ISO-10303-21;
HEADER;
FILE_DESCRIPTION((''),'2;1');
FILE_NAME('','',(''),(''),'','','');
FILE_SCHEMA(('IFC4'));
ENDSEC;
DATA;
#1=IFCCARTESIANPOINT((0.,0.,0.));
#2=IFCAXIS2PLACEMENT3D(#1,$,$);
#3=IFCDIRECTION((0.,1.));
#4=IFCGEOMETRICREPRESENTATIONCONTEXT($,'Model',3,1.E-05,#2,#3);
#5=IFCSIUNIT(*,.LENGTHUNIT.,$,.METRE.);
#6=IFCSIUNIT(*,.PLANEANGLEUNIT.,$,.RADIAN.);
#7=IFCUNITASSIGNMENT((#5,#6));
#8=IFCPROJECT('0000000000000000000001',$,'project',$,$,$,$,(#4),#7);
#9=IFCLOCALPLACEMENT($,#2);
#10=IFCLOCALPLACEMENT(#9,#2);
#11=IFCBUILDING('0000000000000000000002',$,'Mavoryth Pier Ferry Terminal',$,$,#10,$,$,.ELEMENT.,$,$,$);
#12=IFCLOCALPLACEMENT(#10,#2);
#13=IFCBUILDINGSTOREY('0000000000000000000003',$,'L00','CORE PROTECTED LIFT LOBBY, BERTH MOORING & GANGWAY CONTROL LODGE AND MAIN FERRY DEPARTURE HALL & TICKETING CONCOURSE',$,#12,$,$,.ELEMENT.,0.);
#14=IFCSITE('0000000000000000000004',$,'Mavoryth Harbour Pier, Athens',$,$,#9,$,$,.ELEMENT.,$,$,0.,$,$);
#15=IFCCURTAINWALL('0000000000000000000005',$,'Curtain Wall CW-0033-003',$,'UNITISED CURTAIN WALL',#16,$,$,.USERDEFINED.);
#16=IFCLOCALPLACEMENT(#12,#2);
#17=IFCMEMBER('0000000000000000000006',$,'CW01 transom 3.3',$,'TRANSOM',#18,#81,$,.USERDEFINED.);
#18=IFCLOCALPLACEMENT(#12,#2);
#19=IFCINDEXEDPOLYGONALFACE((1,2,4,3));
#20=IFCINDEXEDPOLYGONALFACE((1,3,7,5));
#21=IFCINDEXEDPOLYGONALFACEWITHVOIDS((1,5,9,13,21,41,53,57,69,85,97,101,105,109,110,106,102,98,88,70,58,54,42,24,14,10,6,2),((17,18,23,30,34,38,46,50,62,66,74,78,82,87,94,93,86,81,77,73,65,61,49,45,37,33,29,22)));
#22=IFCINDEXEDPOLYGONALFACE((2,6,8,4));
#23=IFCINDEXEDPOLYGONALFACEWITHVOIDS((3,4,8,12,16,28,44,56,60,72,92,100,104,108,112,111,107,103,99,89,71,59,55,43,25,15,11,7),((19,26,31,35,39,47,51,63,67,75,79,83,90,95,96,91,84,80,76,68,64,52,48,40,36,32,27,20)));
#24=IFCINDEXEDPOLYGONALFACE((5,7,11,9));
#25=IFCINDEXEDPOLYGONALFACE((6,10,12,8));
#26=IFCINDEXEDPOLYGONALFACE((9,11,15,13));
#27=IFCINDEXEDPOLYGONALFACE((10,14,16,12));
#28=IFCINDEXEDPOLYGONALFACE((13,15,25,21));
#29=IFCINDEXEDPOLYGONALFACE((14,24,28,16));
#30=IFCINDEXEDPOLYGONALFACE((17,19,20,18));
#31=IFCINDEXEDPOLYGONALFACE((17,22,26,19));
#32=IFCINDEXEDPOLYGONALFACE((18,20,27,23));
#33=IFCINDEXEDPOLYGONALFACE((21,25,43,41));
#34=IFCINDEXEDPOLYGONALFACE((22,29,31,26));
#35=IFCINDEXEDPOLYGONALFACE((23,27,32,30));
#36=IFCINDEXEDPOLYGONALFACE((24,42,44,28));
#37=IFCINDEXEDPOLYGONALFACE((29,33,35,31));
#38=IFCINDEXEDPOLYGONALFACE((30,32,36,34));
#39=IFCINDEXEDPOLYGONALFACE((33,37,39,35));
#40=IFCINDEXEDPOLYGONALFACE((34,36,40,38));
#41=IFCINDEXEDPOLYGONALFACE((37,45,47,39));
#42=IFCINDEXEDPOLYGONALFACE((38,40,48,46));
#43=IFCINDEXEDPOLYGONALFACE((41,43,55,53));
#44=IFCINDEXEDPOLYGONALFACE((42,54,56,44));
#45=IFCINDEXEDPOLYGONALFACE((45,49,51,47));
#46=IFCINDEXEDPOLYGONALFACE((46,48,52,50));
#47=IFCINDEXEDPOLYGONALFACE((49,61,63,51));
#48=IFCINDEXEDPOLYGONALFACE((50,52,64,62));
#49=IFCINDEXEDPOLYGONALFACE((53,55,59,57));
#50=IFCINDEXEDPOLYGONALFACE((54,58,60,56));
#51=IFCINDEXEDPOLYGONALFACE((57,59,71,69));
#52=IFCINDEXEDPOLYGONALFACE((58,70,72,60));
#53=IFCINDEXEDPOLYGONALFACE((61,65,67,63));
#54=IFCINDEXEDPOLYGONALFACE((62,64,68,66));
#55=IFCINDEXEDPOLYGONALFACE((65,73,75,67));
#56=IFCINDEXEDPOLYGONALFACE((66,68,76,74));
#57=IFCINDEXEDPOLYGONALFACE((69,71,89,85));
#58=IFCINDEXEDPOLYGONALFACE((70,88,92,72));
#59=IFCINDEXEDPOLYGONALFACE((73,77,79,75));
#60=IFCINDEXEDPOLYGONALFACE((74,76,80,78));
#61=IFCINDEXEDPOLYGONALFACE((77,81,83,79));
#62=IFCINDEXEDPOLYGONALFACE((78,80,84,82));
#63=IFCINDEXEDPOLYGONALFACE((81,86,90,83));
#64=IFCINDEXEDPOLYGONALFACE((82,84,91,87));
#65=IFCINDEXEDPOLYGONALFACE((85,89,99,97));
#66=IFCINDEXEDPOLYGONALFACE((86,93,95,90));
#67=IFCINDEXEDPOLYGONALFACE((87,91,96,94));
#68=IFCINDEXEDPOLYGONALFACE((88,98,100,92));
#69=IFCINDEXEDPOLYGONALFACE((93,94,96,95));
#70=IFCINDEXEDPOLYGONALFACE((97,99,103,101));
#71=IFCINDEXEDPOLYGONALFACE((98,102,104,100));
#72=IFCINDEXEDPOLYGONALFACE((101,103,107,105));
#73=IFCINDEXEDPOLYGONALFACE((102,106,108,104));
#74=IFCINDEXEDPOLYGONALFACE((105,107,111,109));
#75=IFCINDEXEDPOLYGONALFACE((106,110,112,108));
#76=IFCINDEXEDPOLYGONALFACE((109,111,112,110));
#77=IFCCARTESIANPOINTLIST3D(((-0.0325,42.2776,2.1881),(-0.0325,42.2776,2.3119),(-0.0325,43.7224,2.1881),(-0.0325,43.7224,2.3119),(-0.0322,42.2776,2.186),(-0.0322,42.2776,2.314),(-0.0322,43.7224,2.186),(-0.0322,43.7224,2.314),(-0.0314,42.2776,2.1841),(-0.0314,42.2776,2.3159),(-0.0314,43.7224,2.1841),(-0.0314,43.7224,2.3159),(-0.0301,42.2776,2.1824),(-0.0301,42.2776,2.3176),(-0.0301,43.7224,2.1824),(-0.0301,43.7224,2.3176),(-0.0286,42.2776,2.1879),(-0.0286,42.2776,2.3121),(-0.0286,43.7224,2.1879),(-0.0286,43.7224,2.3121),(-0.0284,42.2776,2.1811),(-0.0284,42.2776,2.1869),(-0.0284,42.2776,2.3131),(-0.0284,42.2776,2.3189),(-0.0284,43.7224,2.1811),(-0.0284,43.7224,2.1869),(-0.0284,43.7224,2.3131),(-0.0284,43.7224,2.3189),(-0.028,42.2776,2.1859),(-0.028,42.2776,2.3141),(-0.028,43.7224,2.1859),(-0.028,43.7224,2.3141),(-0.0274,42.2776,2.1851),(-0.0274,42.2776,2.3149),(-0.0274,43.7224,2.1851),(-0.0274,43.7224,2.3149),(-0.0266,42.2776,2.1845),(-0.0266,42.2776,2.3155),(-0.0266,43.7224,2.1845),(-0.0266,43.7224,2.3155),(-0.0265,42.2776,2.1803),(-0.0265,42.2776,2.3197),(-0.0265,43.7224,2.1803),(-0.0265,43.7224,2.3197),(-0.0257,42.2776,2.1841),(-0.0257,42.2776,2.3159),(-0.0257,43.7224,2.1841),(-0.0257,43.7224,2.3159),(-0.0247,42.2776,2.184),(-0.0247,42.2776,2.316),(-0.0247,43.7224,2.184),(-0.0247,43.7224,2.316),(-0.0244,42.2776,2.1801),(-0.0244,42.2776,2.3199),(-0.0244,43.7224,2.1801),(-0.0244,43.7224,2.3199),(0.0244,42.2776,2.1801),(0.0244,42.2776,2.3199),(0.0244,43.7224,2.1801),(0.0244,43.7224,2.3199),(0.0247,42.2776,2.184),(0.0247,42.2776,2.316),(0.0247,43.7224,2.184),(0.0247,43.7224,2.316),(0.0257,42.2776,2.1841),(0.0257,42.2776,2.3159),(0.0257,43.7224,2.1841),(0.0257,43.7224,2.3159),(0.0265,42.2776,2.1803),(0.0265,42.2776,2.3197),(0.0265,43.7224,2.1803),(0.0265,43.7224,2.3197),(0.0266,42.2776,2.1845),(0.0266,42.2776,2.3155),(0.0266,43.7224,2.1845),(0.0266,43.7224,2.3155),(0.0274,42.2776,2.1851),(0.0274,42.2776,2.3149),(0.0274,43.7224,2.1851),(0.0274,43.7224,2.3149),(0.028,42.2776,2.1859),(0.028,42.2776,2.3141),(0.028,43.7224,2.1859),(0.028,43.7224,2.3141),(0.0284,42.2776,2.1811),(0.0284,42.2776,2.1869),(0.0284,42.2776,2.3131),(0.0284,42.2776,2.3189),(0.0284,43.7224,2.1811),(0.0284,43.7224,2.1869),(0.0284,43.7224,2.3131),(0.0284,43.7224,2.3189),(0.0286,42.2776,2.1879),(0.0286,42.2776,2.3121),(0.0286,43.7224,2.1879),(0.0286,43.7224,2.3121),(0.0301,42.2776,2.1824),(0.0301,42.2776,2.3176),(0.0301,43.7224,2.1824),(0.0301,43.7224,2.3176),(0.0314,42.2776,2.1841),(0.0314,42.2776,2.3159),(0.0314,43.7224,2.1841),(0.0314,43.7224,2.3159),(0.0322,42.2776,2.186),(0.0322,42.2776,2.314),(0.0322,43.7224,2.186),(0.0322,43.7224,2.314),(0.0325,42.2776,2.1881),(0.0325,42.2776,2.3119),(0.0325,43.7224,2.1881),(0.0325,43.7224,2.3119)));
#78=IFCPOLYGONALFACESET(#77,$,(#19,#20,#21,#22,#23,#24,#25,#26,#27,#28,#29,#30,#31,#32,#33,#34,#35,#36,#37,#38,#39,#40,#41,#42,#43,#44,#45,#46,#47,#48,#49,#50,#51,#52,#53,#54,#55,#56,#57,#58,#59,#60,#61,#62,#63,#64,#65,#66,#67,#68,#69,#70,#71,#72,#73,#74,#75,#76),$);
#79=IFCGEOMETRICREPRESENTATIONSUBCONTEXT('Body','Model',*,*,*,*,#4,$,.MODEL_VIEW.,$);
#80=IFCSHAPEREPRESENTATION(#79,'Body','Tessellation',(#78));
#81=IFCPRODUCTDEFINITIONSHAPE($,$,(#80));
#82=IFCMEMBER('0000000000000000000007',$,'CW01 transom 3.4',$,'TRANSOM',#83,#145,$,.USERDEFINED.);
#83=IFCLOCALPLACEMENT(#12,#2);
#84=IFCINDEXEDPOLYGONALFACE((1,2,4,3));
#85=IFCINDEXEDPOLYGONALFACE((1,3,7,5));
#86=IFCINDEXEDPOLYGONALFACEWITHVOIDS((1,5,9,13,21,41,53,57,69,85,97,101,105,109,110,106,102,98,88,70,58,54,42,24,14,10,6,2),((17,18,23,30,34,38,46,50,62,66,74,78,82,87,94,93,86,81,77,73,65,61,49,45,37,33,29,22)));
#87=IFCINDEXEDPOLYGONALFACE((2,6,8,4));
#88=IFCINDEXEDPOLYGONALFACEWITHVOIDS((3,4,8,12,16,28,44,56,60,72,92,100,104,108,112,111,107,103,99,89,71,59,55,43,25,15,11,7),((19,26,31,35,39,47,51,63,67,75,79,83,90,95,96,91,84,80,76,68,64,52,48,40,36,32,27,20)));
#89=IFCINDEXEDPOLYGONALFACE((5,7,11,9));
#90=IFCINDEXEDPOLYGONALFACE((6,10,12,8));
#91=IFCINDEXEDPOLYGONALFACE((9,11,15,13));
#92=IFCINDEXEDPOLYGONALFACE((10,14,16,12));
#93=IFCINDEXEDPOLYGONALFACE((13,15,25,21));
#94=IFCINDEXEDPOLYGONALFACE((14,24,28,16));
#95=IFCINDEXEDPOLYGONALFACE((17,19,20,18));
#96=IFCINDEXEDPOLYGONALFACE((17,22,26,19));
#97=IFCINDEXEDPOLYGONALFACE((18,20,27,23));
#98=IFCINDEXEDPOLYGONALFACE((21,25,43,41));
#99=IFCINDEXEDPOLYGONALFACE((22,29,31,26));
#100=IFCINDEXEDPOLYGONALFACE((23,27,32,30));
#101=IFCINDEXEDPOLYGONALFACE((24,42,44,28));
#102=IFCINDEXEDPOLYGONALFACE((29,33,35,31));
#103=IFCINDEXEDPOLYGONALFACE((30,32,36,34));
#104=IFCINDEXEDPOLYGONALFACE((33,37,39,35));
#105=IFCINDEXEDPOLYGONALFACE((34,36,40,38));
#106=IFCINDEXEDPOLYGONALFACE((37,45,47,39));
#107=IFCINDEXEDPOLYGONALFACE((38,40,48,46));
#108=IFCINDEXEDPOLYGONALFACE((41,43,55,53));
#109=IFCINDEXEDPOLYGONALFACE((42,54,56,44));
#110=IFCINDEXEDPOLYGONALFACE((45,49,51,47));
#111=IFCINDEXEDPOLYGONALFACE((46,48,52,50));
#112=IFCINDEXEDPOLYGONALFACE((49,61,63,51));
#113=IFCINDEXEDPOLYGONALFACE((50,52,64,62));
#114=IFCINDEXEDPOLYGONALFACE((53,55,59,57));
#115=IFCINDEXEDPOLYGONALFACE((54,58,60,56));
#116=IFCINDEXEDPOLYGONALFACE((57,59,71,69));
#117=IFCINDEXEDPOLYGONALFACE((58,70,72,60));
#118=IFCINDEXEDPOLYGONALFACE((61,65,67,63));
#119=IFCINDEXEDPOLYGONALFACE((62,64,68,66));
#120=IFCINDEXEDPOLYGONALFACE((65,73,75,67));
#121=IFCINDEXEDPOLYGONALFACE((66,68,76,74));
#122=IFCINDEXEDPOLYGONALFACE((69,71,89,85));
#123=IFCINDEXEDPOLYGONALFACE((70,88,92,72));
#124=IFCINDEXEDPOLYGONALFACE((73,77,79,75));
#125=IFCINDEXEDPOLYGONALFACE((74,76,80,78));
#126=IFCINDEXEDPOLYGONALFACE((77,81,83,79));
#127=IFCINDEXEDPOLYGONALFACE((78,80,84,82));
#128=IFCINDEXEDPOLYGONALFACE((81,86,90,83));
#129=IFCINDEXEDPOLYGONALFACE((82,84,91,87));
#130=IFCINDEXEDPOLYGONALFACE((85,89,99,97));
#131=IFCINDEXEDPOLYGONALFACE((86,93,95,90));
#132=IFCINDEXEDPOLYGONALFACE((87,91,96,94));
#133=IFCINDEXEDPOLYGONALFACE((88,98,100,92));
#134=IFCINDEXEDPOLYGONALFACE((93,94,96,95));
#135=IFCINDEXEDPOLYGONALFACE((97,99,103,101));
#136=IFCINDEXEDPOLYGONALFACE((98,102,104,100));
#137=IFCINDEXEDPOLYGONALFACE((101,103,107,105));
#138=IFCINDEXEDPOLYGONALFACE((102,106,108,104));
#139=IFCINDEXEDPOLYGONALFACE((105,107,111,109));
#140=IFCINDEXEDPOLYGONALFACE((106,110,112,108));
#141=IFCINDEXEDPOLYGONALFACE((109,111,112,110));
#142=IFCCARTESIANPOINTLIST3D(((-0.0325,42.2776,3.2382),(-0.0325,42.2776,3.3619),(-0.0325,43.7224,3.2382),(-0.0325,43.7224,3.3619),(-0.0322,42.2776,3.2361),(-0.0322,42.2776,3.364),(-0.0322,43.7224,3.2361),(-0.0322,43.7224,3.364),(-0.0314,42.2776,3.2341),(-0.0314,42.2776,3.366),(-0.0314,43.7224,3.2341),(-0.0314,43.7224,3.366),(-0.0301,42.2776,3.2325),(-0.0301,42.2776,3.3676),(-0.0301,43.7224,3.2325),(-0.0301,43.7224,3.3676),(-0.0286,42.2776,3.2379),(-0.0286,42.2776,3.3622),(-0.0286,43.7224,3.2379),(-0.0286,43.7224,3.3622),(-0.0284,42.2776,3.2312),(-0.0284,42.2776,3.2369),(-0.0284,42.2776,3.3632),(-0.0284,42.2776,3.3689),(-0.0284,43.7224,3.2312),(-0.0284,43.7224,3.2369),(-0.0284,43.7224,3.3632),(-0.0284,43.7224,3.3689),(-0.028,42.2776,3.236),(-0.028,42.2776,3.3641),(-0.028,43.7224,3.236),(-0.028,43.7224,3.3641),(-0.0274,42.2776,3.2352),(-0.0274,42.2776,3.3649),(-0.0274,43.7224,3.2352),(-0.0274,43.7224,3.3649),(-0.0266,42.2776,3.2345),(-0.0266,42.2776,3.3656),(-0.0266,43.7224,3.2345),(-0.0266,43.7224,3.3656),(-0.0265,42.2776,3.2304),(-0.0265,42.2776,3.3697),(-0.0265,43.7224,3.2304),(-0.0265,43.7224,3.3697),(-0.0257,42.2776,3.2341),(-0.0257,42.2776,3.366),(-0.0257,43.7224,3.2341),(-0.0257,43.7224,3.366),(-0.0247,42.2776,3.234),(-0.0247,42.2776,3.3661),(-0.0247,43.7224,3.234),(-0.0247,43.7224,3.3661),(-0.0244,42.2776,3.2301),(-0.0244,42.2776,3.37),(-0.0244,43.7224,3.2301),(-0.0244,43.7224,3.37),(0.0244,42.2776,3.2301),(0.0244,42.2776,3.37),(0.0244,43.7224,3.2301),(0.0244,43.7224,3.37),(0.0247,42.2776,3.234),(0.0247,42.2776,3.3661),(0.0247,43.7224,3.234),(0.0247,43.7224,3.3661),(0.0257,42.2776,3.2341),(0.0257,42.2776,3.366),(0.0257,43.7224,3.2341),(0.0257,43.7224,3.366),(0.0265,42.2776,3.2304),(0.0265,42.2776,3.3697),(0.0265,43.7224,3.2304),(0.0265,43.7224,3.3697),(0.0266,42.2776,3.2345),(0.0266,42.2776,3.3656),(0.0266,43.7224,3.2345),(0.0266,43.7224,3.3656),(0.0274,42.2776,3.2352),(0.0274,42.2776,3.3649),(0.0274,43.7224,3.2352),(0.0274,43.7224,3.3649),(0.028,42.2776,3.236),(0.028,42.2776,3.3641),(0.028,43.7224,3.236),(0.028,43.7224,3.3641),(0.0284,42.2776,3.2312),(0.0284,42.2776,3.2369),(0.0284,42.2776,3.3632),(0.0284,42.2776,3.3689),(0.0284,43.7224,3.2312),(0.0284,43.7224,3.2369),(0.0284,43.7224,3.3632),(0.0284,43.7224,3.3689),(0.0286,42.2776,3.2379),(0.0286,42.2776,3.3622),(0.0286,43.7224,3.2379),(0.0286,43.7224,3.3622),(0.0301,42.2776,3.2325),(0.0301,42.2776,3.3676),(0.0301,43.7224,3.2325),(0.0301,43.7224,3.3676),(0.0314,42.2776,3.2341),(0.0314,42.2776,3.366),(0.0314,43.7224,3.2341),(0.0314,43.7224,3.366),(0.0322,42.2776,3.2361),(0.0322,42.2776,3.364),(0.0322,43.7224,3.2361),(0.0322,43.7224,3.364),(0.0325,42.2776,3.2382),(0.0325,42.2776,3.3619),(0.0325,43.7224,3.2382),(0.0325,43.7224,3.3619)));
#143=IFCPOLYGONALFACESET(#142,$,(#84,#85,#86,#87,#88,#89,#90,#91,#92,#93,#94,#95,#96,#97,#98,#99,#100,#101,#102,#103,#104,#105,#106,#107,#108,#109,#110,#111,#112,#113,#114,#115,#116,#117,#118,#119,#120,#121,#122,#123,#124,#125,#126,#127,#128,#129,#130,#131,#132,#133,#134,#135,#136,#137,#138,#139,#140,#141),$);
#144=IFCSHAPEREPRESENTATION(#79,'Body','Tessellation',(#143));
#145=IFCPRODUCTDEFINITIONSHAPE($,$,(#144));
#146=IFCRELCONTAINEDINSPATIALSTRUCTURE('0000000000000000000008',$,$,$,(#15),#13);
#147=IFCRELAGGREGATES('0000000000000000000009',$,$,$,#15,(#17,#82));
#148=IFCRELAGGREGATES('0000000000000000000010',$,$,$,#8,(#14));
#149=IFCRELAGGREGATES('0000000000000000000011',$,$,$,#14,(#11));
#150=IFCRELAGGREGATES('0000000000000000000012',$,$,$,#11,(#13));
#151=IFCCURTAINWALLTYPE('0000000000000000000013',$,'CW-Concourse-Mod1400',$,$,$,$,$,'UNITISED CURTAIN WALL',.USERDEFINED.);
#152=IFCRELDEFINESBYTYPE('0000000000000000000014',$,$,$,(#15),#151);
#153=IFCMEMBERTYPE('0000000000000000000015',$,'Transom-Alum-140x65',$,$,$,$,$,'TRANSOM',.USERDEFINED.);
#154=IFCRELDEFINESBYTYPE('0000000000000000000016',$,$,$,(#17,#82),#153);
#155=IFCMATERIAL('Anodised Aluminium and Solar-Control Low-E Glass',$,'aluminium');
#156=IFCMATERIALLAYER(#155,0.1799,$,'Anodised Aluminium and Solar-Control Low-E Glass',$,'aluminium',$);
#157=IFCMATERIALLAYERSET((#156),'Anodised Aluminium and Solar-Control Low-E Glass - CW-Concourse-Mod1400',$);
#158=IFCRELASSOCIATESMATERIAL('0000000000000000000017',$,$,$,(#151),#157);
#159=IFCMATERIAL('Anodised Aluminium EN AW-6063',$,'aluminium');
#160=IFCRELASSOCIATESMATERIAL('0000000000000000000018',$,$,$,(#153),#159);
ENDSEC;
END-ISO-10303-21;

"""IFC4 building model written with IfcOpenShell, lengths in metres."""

from ifc_helpers import new_model, si_unit, direction, frame, origin, origin_2d, place, context, subcontext, project, spatial, hollow_rectangle, extrude, material, layer, layer_set, material_profile, profile_set, type_object, element, aggregate, save


model = new_model("IFC4")

# Units and contexts
model_context = context("Model", 3, precision=1e-05, world=origin(), true_north=direction((0.0, 1.0)))
body_context = subcontext(model_context, "Body", "Model", "MODEL_VIEW")
ifc_project = project(units=[si_unit("LENGTHUNIT", "METRE"), si_unit("PLANEANGLEUNIT", "RADIAN")], contexts=[model_context])

# Site, building, storey
site_placement = place(None, origin())
site = spatial("IfcSite", under=ifc_project, at=site_placement, Name="Mavoryth Harbour Pier, Athens", CompositionType="ELEMENT", RefElevation=0.0)
building_placement = place(site_placement, origin())
building = spatial("IfcBuilding", under=site, at=building_placement, Name="Mavoryth Pier Ferry Terminal", CompositionType="ELEMENT")
storey_placement = place(building_placement, origin())
storey = spatial("IfcBuildingStorey", under=building, at=storey_placement, Name="L00", Description="CORE PROTECTED LIFT LOBBY, BERTH MOORING & GANGWAY CONTROL LODGE AND MAIN FERRY DEPARTURE HALL & TICKETING CONCOURSE", CompositionType="ELEMENT", Elevation=0.0)

# Curtain wall, members
ifc_material_1 = material(Name="Anodised Aluminium and Solar-Control Low-E Glass", Category="aluminium")
ifc_layer_1 = layer(ifc_material_1, 0.1799, Name="Anodised Aluminium and Solar-Control Low-E Glass", Category="aluminium")
ifc_layer_set_1 = layer_set([ifc_layer_1], Name="Anodised Aluminium and Solar-Control Low-E Glass - CW-Concourse-Mod1400")
curtain_wall_type = type_object("IfcCurtainWallType", Name="CW-Concourse-Mod1400", ElementType="UNITISED CURTAIN WALL", PredefinedType="USERDEFINED", material=ifc_layer_set_1)
curtain_wall_placement = place(storey_placement, origin())
curtain_wall = element("IfcCurtainWall", 1, at=curtain_wall_placement, inside=storey, type_object=curtain_wall_type, Name="Curtain Wall CW-0033-003", ObjectType="UNITISED CURTAIN WALL", PredefinedType="USERDEFINED")
ifc_material_2 = material(Name="Anodised Aluminium EN AW-6063", Category="aluminium")
ifc_material_profile_1 = material_profile(ifc_material_2, hollow_rectangle(XDim=0.0649, YDim=0.1399, WallThickness=0.0039, InnerFilletRadius=0.0039, OuterFilletRadius=0.0081, at=origin_2d()), Name="AL-TRAN 140x65x4", Category="aluminium")
ifc_profile_set_1 = profile_set([ifc_material_profile_1], Name="Anodised Aluminium EN AW-6063 - AL-TRAN 140x65x4")
member_type_1 = type_object("IfcMemberType", Name="Transom-Alum-140x65", ElementType="TRANSOM", PredefinedType="USERDEFINED", material=ifc_profile_set_1)
member_1_placement = place(storey_placement, frame((0.0, 43.7224, 2.25), z_axis=(0.0, -1.0, 0.0), x_axis=(1.0, 0.0, 0.0)))
member_1 = element("IfcMember", 2, at=member_1_placement, type_object=member_type_1, Name="CW01 transom 3.3", ObjectType="TRANSOM", PredefinedType="USERDEFINED", context=body_context, shape_type="SweptSolid", body=[
    extrude(hollow_rectangle(XDim=0.0649, YDim=0.1399, WallThickness=0.0039, InnerFilletRadius=0.0039, OuterFilletRadius=0.0081, at=origin_2d()), origin(), (0.0, 0.0, 1.0), 1.4448),
])
member_2_placement = place(storey_placement, frame((0.0, 43.7224, 3.3), z_axis=(0.0, -1.0, 0.0), x_axis=(1.0, 0.0, 0.0)))
member_2 = element("IfcMember", 3, at=member_2_placement, type_object=member_type_1, Name="CW01 transom 3.4", ObjectType="TRANSOM", PredefinedType="USERDEFINED", context=body_context, shape_type="SweptSolid", body=[
    extrude(hollow_rectangle(XDim=0.0649, YDim=0.1399, WallThickness=0.0039, InnerFilletRadius=0.0039, OuterFilletRadius=0.0081, at=origin_2d()), origin(), (0.0, 0.0, 1.0), 1.4448),
])
aggregate(curtain_wall, [member_1, member_2])

save(model, "model.ifc")
